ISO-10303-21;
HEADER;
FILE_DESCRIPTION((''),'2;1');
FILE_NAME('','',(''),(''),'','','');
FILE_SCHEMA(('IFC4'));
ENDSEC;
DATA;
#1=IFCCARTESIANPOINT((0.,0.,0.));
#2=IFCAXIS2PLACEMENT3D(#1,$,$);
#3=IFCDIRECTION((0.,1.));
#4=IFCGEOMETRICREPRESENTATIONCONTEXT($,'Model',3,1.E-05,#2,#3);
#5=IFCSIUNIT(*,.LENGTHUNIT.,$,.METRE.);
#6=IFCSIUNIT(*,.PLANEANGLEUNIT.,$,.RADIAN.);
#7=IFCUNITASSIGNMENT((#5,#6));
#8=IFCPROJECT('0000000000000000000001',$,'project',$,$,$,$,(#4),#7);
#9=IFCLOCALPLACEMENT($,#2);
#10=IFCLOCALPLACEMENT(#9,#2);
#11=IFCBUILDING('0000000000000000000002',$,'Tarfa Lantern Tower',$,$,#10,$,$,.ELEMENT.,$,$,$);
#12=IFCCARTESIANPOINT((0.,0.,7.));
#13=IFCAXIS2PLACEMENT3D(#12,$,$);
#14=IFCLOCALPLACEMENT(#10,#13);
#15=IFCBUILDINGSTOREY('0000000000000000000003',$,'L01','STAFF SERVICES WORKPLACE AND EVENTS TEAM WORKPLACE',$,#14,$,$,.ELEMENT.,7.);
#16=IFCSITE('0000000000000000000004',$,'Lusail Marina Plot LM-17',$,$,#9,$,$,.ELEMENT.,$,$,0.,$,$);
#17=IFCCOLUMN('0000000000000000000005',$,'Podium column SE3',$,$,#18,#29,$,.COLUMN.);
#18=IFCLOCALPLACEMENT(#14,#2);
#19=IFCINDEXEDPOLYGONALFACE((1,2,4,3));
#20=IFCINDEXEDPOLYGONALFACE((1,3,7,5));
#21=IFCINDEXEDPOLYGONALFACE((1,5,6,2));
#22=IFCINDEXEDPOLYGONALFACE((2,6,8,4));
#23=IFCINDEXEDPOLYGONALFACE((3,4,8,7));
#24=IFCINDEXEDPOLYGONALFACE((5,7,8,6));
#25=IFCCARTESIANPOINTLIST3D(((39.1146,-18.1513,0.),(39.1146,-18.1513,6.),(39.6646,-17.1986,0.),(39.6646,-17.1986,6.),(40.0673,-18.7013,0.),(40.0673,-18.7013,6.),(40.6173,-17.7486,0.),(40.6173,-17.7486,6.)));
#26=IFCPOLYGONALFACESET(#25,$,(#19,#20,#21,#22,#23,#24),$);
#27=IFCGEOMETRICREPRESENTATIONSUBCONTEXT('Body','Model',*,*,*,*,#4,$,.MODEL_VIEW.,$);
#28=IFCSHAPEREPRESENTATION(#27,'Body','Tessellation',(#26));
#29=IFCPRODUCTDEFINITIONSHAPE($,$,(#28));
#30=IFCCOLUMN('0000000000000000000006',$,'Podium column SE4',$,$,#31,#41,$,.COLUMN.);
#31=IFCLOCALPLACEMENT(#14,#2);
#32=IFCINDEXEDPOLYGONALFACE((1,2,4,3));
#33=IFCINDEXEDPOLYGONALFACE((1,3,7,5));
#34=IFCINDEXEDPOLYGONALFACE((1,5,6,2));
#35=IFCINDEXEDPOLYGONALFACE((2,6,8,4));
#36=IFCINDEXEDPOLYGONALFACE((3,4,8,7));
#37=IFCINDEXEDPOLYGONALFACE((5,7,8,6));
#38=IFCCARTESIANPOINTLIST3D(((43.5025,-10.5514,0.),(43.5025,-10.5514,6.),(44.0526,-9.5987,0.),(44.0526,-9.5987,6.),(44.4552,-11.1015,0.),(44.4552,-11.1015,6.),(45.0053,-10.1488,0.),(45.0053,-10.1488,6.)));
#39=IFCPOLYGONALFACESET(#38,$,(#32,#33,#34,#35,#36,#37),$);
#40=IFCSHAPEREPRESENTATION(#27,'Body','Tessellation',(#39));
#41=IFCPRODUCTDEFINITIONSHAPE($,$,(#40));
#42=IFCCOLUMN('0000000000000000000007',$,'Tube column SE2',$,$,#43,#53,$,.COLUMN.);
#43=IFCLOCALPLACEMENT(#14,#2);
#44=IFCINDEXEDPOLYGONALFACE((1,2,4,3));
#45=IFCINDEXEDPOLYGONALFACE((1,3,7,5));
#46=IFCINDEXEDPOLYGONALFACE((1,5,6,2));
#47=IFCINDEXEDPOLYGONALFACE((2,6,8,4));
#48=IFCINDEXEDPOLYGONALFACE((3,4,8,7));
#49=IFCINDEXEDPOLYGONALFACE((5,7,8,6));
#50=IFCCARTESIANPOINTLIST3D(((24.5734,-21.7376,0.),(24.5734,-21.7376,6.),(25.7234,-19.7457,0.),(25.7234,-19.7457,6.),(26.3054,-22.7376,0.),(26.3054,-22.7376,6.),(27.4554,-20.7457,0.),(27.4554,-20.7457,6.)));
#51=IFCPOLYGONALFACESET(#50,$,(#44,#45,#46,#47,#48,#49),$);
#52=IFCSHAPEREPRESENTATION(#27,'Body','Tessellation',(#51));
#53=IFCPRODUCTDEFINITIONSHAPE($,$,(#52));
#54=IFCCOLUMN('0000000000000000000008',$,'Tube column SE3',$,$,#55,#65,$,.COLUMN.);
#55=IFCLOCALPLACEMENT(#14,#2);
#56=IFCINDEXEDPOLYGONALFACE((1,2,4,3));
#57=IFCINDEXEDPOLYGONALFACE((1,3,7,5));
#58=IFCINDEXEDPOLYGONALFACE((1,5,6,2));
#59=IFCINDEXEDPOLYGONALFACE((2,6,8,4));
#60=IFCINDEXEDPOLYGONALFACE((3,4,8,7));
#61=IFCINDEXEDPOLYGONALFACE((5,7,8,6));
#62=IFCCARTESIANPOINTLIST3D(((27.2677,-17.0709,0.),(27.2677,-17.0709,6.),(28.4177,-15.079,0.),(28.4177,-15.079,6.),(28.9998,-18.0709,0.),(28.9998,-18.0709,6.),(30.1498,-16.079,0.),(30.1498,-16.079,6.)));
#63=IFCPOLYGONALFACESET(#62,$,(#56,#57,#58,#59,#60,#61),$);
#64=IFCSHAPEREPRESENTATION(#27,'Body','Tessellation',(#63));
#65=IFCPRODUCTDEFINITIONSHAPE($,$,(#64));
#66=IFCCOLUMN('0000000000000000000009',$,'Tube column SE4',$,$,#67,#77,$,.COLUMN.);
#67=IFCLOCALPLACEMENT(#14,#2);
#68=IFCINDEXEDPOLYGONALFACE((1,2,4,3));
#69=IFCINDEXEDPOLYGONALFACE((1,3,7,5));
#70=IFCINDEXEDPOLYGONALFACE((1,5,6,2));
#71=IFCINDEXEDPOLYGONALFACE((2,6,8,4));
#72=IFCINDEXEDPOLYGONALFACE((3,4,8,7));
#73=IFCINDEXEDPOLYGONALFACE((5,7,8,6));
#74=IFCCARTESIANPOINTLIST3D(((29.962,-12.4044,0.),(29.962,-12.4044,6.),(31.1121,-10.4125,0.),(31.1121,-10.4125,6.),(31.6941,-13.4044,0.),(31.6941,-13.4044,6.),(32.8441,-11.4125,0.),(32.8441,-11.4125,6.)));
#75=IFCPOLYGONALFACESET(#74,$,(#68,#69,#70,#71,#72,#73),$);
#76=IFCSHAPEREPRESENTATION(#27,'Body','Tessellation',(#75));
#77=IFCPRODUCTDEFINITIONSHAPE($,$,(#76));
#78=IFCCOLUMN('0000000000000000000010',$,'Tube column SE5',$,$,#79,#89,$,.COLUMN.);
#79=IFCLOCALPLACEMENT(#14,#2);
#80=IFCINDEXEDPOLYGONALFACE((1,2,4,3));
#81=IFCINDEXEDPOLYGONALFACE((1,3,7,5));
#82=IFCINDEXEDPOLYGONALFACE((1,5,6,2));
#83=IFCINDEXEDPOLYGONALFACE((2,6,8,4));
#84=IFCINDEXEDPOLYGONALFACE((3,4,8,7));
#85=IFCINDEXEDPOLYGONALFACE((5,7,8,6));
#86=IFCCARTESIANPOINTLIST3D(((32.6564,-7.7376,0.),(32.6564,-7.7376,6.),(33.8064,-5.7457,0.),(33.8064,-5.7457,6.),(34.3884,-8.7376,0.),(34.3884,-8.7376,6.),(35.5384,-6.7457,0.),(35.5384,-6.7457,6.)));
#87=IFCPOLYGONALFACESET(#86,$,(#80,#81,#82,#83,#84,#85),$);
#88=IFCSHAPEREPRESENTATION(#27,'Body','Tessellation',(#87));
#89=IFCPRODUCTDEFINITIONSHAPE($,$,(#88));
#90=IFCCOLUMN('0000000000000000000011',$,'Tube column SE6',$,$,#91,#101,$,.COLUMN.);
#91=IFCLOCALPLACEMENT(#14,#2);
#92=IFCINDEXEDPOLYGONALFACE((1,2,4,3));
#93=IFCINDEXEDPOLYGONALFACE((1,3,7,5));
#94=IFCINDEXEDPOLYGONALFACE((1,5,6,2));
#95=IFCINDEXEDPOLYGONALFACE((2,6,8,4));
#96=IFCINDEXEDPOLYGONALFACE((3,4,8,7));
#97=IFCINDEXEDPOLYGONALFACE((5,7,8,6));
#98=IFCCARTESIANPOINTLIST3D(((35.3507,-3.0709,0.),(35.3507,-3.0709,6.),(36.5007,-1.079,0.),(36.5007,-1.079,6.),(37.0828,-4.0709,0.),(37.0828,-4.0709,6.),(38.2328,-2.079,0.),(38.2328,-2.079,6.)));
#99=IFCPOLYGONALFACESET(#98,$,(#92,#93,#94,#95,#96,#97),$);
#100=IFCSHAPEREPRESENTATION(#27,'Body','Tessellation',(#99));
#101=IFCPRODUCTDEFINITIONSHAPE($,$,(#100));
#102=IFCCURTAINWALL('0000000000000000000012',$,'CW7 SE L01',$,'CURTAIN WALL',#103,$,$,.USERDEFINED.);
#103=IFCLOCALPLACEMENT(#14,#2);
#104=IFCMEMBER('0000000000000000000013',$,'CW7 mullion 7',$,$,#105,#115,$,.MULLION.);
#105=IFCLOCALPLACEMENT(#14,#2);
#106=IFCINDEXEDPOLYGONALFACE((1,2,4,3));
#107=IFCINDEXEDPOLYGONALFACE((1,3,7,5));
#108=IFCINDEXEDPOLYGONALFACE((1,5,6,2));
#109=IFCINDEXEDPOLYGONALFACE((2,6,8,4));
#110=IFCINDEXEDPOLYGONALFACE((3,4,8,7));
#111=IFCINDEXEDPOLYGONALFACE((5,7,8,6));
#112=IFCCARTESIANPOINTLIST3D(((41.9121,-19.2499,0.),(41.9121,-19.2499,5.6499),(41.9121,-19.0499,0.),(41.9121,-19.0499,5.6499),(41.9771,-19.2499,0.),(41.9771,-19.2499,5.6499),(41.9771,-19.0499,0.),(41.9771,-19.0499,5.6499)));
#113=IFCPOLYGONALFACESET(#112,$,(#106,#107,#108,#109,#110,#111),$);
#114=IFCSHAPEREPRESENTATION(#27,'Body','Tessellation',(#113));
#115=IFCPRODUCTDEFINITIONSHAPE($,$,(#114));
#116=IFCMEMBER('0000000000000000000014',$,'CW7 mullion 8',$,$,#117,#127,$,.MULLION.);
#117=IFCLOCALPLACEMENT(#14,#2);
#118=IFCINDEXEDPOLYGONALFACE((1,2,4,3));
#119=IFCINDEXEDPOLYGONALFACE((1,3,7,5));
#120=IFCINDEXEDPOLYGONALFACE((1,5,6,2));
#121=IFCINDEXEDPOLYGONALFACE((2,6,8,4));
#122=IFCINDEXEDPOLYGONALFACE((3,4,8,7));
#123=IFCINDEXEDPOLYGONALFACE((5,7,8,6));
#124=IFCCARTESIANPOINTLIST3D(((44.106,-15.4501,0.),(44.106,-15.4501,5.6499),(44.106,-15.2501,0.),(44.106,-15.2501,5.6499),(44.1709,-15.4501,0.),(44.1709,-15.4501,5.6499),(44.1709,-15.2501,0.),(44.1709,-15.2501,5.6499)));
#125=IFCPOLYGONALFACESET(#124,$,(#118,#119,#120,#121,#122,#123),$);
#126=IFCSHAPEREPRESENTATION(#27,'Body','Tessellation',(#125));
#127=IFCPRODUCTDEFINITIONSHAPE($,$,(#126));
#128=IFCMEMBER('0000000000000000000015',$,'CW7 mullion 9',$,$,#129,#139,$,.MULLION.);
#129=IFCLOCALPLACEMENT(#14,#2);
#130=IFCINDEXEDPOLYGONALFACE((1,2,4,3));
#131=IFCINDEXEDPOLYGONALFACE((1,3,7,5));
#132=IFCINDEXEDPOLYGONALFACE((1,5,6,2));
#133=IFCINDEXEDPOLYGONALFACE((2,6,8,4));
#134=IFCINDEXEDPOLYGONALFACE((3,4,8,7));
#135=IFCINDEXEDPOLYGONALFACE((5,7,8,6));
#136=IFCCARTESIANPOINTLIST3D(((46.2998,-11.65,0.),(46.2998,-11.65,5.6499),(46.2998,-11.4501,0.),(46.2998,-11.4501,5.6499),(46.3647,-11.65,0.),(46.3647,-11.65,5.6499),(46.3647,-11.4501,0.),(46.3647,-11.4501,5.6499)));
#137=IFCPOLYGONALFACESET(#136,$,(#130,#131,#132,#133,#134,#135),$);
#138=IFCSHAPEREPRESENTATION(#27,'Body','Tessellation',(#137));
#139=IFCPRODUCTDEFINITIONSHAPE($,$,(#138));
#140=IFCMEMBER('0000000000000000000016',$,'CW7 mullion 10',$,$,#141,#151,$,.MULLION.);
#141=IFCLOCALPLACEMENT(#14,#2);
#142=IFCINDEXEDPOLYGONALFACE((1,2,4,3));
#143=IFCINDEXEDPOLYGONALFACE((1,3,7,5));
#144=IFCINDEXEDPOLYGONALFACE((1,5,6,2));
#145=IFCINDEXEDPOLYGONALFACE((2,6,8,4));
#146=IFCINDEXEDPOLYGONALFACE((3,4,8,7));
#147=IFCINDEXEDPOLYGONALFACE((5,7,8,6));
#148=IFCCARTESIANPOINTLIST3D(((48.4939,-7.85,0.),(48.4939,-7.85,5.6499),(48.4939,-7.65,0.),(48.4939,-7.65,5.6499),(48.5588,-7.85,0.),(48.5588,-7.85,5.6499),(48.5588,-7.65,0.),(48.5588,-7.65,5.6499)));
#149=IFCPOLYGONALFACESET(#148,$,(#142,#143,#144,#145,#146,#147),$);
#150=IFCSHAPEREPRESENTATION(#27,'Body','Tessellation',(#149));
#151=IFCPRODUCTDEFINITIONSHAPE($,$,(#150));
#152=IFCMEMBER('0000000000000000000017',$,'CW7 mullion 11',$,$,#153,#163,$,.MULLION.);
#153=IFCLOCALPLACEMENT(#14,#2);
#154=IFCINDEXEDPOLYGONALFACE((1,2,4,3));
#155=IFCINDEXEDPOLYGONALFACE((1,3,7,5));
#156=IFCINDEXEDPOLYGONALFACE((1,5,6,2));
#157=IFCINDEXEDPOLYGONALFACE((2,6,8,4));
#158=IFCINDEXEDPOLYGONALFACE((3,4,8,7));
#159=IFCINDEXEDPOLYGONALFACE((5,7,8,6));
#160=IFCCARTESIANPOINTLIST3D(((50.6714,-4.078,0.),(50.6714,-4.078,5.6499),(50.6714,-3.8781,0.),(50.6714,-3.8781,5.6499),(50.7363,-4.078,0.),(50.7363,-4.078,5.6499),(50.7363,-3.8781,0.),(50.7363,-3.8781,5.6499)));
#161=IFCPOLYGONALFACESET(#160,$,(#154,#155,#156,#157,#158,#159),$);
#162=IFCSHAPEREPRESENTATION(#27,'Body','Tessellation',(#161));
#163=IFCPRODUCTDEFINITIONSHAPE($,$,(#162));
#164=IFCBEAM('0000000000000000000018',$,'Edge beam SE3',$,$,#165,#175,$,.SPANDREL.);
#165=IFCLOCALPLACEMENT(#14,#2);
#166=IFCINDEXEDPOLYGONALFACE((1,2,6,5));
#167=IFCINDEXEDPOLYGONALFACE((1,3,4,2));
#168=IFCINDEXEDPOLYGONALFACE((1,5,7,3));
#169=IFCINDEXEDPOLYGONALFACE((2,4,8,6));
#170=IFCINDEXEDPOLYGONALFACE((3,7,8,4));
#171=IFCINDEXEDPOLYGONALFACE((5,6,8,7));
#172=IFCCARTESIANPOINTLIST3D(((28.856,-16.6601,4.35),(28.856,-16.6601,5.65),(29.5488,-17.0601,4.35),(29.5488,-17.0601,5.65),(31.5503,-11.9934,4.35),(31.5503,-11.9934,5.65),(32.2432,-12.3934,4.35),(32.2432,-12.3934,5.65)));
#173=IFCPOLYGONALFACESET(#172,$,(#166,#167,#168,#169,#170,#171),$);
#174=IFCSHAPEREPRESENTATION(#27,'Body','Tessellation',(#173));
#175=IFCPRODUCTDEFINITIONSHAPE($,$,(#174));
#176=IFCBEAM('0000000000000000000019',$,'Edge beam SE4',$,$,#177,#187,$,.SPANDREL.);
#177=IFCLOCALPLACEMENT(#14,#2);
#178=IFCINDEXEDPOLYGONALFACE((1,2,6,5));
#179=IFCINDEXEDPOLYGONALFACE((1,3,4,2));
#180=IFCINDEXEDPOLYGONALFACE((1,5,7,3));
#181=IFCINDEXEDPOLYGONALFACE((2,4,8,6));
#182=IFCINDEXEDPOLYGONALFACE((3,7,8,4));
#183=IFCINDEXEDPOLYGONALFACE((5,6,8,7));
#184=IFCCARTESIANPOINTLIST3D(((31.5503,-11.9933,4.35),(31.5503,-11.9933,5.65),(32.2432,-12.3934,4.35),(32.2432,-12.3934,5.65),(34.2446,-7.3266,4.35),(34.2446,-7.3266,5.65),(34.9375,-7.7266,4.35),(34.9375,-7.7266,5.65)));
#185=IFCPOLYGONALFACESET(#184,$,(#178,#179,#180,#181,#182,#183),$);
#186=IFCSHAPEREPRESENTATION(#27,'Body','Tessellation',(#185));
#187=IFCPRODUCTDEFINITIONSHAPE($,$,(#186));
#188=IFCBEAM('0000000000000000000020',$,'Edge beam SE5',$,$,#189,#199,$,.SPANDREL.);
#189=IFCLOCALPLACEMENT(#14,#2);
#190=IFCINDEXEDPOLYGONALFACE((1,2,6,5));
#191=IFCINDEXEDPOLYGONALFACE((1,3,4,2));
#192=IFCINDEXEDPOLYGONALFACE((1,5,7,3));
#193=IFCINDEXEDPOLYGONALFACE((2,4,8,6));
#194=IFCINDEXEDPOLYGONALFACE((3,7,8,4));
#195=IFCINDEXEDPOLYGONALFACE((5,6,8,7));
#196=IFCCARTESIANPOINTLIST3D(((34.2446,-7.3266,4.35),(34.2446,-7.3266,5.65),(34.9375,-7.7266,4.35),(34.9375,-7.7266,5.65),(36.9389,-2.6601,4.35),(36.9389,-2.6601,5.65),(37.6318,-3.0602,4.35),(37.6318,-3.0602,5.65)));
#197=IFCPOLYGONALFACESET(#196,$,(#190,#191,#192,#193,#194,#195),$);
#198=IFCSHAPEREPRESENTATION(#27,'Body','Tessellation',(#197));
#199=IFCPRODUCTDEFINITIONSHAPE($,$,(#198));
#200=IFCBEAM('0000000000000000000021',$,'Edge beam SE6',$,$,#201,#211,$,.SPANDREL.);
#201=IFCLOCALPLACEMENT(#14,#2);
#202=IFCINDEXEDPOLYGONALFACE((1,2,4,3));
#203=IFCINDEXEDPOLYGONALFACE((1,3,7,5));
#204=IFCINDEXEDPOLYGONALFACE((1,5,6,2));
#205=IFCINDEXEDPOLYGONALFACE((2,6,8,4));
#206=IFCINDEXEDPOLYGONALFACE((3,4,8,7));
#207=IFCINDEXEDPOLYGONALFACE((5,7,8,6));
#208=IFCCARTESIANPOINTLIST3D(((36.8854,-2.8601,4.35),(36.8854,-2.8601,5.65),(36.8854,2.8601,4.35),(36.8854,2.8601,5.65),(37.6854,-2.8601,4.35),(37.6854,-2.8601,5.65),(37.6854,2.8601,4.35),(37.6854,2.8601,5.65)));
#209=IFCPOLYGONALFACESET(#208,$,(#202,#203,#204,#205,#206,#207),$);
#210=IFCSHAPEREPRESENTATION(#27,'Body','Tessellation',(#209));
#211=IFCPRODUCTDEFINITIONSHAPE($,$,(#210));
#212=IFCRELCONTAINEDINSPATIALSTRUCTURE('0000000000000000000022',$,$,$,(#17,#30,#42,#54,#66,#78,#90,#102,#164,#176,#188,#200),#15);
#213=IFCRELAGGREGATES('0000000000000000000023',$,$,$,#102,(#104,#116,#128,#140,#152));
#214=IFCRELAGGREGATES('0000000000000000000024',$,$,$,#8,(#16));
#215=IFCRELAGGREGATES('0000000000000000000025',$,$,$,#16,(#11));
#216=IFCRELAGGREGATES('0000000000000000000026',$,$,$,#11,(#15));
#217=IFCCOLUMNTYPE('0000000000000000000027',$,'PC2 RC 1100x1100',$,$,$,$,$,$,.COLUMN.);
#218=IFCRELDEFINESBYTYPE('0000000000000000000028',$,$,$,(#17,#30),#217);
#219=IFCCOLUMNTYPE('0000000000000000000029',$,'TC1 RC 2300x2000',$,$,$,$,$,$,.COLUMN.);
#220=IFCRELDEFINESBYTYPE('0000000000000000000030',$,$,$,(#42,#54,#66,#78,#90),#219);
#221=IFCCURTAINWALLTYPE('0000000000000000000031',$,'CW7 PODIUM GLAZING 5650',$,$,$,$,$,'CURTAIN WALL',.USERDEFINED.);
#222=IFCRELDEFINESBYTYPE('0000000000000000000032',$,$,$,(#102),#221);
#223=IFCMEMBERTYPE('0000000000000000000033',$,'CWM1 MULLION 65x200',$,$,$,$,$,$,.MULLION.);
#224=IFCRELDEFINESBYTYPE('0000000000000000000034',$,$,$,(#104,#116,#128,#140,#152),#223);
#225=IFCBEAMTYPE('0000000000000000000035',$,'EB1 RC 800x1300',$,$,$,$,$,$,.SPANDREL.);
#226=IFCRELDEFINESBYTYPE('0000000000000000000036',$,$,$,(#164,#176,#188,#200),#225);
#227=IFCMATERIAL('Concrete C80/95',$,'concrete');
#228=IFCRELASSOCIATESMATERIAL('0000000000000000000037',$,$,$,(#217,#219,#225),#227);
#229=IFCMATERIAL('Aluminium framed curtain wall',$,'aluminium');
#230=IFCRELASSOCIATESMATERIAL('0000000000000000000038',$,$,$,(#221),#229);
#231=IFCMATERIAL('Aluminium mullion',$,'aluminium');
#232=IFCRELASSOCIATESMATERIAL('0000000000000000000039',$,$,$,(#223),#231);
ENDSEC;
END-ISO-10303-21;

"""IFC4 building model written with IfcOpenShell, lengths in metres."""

from ifc_helpers import new_model, si_unit, direction, frame, origin, origin_2d, place, context, subcontext, project, spatial, rectangle, extrude, material, material_profile, profile_set, type_object, element, aggregate, save


model = new_model("IFC4")

# Units and contexts
model_context = context("Model", 3, precision=1e-05, world=origin(), true_north=direction((0.0, 1.0)))
body_context = subcontext(model_context, "Body", "Model", "MODEL_VIEW")
ifc_project = project(units=[si_unit("LENGTHUNIT", "METRE"), si_unit("PLANEANGLEUNIT", "RADIAN")], contexts=[model_context])

# Site, building, storey
site_placement = place(None, origin())
site = spatial("IfcSite", under=ifc_project, at=site_placement, Name="Lusail Marina Plot LM-17", CompositionType="ELEMENT", RefElevation=0.0)
building_placement = place(site_placement, origin())
building = spatial("IfcBuilding", under=site, at=building_placement, Name="Tarfa Lantern Tower", CompositionType="ELEMENT")
storey_placement = place(building_placement, frame((0.0, 0.0, 7.0)))
storey = spatial("IfcBuildingStorey", under=building, at=storey_placement, Name="L01", Description="STAFF SERVICES WORKPLACE AND EVENTS TEAM WORKPLACE", CompositionType="ELEMENT", Elevation=7.0)

# Columns
ifc_material_1 = material(Name="Concrete C80/95", Category="concrete")
ifc_material_profile_1 = material_profile(ifc_material_1, rectangle(XDim=1.1001, YDim=1.1001, at=origin_2d()), Name="RC 1100x1100")
ifc_profile_set_1 = profile_set([ifc_material_profile_1], Name="Concrete C80/95")
column_type_1 = type_object("IfcColumnType", Name="PC2 RC 1100x1100", PredefinedType="COLUMN", material=ifc_profile_set_1)
for number, where, z_axis, x_axis, name in (
    (1, (39.866, -17.95, 0.0), (0.0, 0.0, 1.0), (0.5, 0.866025, 0.0), "Podium column SE3"),
    (2, (44.2539, -10.3501, 0.0), (0.0, 0.0, 1.0), (0.5, 0.866025, 0.0), "Podium column SE4"),
):
    element("IfcColumn", number, at=place(storey_placement, frame(where, z_axis=z_axis, x_axis=x_axis)), inside=storey, type_object=column_type_1, Name=name, PredefinedType="COLUMN", context=body_context, shape_type="SweptSolid", body=[
        extrude(rectangle(XDim=1.1001, YDim=1.1001, at=origin_2d()), origin(), (0.0, 0.0, 1.0), 6.0),
    ])
ifc_material_profile_2 = material_profile(ifc_material_1, rectangle(XDim=2.3, YDim=2.0, at=origin_2d()), Name="RC 2300x2000")
ifc_profile_set_2 = profile_set([ifc_material_profile_2], Name="Concrete C80/95")
column_type_2 = type_object("IfcColumnType", Name="TC1 RC 2300x2000", PredefinedType="COLUMN", material=ifc_profile_set_2)
for number, where, z_axis, x_axis, name in (
    (3, (26.0144, -21.2417, 0.0), (0.0, 0.0, 1.0), (0.5, 0.866025, 0.0), "Tube column SE2"),
    (4, (28.7087, -16.575, 0.0), (0.0, 0.0, 1.0), (0.5, 0.866025, 0.0), "Tube column SE3"),
    (5, (31.4031, -11.9084, 0.0), (0.0, 0.0, 1.0), (0.5, 0.866025, 0.0), "Tube column SE4"),
    (6, (34.0974, -7.2417, 0.0), (0.0, 0.0, 1.0), (0.5, 0.866025, 0.0), "Tube column SE5"),
    (7, (36.7917, -2.575, 0.0), (0.0, 0.0, 1.0), (0.5, 0.866025, 0.0), "Tube column SE6"),
):
    element("IfcColumn", number, at=place(storey_placement, frame(where, z_axis=z_axis, x_axis=x_axis)), inside=storey, type_object=column_type_2, Name=name, PredefinedType="COLUMN", context=body_context, shape_type="SweptSolid", body=[
        extrude(rectangle(XDim=2.3, YDim=2.0, at=origin_2d()), origin(), (0.0, 0.0, 1.0), 6.0),
    ])

# Curtain wall, members
ifc_material_2 = material(Name="Aluminium framed curtain wall", Category="aluminium")
curtain_wall_type = type_object("IfcCurtainWallType", Name="CW7 PODIUM GLAZING 5650", ElementType="CURTAIN WALL", PredefinedType="USERDEFINED", material=ifc_material_2)
curtain_wall_placement = place(storey_placement, origin())
curtain_wall = element("IfcCurtainWall", 8, at=curtain_wall_placement, inside=storey, type_object=curtain_wall_type, Name="CW7 SE L01", ObjectType="CURTAIN WALL", PredefinedType="USERDEFINED")
ifc_material_3 = material(Name="Aluminium mullion", Category="aluminium")
ifc_material_profile_3 = material_profile(ifc_material_3, rectangle(XDim=0.0649, YDim=0.2, at=origin_2d()), Name="AL MULLION 65x200")
ifc_profile_set_3 = profile_set([ifc_material_profile_3], Name="Aluminium mullion")
member_type = type_object("IfcMemberType", Name="CWM1 MULLION 65x200", PredefinedType="MULLION", material=ifc_profile_set_3)
member_1_placement = place(storey_placement, frame((41.9446, -19.1499, 0.0), z_axis=(0.0, 0.0, 1.0), x_axis=(1.0, 0.0, 0.0)))
member_1 = element("IfcMember", 9, at=member_1_placement, type_object=member_type, Name="CW7 mullion 7", PredefinedType="MULLION", context=body_context, shape_type="SweptSolid", body=[
    extrude(rectangle(XDim=0.0649, YDim=0.2, at=origin_2d()), origin(), (0.0, 0.0, 1.0), 5.6499),
])
member_2_placement = place(storey_placement, frame((44.1384, -15.3501, 0.0), z_axis=(0.0, 0.0, 1.0), x_axis=(1.0, 0.0, 0.0)))
member_2 = element("IfcMember", 10, at=member_2_placement, type_object=member_type, Name="CW7 mullion 8", PredefinedType="MULLION", context=body_context, shape_type="SweptSolid", body=[
    extrude(rectangle(XDim=0.0649, YDim=0.2, at=origin_2d()), origin(), (0.0, 0.0, 1.0), 5.6499),
])
member_3_placement = place(storey_placement, frame((46.3323, -11.55, 0.0), z_axis=(0.0, 0.0, 1.0), x_axis=(1.0, 0.0, 0.0)))
member_3 = element("IfcMember", 11, at=member_3_placement, type_object=member_type, Name="CW7 mullion 9", PredefinedType="MULLION", context=body_context, shape_type="SweptSolid", body=[
    extrude(rectangle(XDim=0.0649, YDim=0.2, at=origin_2d()), origin(), (0.0, 0.0, 1.0), 5.6499),
])
member_4_placement = place(storey_placement, frame((48.5264, -7.75, 0.0), z_axis=(0.0, 0.0, 1.0), x_axis=(1.0, 0.0, 0.0)))
member_4 = element("IfcMember", 12, at=member_4_placement, type_object=member_type, Name="CW7 mullion 10", PredefinedType="MULLION", context=body_context, shape_type="SweptSolid", body=[
    extrude(rectangle(XDim=0.0649, YDim=0.2, at=origin_2d()), origin(), (0.0, 0.0, 1.0), 5.6499),
])
member_5_placement = place(storey_placement, frame((50.7039, -3.978, 0.0), z_axis=(0.0, 0.0, 1.0), x_axis=(1.0, 0.0, 0.0)))
member_5 = element("IfcMember", 13, at=member_5_placement, type_object=member_type, Name="CW7 mullion 11", PredefinedType="MULLION", context=body_context, shape_type="SweptSolid", body=[
    extrude(rectangle(XDim=0.0649, YDim=0.2, at=origin_2d()), origin(), (0.0, 0.0, 1.0), 5.6499),
])

# Beams
ifc_material_profile_4 = material_profile(ifc_material_1, rectangle(XDim=0.8, YDim=1.3, at=origin_2d()), Name="RC 800x1300")
ifc_profile_set_4 = profile_set([ifc_material_profile_4], Name="Concrete C80/95")
beam_type_1 = type_object("IfcBeamType", Name="EB1 RC 800x1300", PredefinedType="SPANDREL", material=ifc_profile_set_4)
for number, where, z_axis, x_axis, name in (
    (14, (29.2024, -16.8601, 5.0), (0.499998, 0.866026, 0.0), (-0.866026, 0.499998, 0.0), "Edge beam SE3"),
    (15, (31.8967, -12.1934, 5.0), (0.499998, 0.866026, 0.0), (-0.866026, 0.499998, 0.0), "Edge beam SE4"),
):
    element("IfcBeam", number, at=place(storey_placement, frame(where, z_axis=z_axis, x_axis=x_axis)), inside=storey, type_object=beam_type_1, Name=name, PredefinedType="SPANDREL", context=body_context, shape_type="SweptSolid", body=[
        extrude(rectangle(XDim=0.8, YDim=1.3, at=origin_2d()), origin(), (0.0, 0.0, 1.0), 5.3887),
    ])
beam_1_placement = place(storey_placement, frame((34.5911, -7.5266, 5.0), z_axis=(0.500018, 0.866015, 0.0), x_axis=(-0.866015, 0.500018, 0.0)))
element("IfcBeam", 16, at=beam_1_placement, inside=storey, type_object=beam_type_1, Name="Edge beam SE5", PredefinedType="SPANDREL", context=body_context, shape_type="SweptSolid", body=[
    extrude(rectangle(XDim=0.8, YDim=1.3, at=origin_2d()), origin(), (0.0, 0.0, 1.0), 5.3884),
])
beam_2_placement = place(storey_placement, frame((37.2854, -2.8601, 5.0), z_axis=(0.0, 1.0, 0.0), x_axis=(-1.0, 0.0, 0.0)))
element("IfcBeam", 17, at=beam_2_placement, inside=storey, type_object=beam_type_1, Name="Edge beam SE6", PredefinedType="SPANDREL", context=body_context, shape_type="SweptSolid", body=[
    extrude(rectangle(XDim=0.8, YDim=1.3, at=origin_2d()), origin(), (0.0, 0.0, 1.0), 5.7202),
])

aggregate(curtain_wall, [member_1, member_2, member_3, member_4, member_5])

save(model, "model.ifc")
